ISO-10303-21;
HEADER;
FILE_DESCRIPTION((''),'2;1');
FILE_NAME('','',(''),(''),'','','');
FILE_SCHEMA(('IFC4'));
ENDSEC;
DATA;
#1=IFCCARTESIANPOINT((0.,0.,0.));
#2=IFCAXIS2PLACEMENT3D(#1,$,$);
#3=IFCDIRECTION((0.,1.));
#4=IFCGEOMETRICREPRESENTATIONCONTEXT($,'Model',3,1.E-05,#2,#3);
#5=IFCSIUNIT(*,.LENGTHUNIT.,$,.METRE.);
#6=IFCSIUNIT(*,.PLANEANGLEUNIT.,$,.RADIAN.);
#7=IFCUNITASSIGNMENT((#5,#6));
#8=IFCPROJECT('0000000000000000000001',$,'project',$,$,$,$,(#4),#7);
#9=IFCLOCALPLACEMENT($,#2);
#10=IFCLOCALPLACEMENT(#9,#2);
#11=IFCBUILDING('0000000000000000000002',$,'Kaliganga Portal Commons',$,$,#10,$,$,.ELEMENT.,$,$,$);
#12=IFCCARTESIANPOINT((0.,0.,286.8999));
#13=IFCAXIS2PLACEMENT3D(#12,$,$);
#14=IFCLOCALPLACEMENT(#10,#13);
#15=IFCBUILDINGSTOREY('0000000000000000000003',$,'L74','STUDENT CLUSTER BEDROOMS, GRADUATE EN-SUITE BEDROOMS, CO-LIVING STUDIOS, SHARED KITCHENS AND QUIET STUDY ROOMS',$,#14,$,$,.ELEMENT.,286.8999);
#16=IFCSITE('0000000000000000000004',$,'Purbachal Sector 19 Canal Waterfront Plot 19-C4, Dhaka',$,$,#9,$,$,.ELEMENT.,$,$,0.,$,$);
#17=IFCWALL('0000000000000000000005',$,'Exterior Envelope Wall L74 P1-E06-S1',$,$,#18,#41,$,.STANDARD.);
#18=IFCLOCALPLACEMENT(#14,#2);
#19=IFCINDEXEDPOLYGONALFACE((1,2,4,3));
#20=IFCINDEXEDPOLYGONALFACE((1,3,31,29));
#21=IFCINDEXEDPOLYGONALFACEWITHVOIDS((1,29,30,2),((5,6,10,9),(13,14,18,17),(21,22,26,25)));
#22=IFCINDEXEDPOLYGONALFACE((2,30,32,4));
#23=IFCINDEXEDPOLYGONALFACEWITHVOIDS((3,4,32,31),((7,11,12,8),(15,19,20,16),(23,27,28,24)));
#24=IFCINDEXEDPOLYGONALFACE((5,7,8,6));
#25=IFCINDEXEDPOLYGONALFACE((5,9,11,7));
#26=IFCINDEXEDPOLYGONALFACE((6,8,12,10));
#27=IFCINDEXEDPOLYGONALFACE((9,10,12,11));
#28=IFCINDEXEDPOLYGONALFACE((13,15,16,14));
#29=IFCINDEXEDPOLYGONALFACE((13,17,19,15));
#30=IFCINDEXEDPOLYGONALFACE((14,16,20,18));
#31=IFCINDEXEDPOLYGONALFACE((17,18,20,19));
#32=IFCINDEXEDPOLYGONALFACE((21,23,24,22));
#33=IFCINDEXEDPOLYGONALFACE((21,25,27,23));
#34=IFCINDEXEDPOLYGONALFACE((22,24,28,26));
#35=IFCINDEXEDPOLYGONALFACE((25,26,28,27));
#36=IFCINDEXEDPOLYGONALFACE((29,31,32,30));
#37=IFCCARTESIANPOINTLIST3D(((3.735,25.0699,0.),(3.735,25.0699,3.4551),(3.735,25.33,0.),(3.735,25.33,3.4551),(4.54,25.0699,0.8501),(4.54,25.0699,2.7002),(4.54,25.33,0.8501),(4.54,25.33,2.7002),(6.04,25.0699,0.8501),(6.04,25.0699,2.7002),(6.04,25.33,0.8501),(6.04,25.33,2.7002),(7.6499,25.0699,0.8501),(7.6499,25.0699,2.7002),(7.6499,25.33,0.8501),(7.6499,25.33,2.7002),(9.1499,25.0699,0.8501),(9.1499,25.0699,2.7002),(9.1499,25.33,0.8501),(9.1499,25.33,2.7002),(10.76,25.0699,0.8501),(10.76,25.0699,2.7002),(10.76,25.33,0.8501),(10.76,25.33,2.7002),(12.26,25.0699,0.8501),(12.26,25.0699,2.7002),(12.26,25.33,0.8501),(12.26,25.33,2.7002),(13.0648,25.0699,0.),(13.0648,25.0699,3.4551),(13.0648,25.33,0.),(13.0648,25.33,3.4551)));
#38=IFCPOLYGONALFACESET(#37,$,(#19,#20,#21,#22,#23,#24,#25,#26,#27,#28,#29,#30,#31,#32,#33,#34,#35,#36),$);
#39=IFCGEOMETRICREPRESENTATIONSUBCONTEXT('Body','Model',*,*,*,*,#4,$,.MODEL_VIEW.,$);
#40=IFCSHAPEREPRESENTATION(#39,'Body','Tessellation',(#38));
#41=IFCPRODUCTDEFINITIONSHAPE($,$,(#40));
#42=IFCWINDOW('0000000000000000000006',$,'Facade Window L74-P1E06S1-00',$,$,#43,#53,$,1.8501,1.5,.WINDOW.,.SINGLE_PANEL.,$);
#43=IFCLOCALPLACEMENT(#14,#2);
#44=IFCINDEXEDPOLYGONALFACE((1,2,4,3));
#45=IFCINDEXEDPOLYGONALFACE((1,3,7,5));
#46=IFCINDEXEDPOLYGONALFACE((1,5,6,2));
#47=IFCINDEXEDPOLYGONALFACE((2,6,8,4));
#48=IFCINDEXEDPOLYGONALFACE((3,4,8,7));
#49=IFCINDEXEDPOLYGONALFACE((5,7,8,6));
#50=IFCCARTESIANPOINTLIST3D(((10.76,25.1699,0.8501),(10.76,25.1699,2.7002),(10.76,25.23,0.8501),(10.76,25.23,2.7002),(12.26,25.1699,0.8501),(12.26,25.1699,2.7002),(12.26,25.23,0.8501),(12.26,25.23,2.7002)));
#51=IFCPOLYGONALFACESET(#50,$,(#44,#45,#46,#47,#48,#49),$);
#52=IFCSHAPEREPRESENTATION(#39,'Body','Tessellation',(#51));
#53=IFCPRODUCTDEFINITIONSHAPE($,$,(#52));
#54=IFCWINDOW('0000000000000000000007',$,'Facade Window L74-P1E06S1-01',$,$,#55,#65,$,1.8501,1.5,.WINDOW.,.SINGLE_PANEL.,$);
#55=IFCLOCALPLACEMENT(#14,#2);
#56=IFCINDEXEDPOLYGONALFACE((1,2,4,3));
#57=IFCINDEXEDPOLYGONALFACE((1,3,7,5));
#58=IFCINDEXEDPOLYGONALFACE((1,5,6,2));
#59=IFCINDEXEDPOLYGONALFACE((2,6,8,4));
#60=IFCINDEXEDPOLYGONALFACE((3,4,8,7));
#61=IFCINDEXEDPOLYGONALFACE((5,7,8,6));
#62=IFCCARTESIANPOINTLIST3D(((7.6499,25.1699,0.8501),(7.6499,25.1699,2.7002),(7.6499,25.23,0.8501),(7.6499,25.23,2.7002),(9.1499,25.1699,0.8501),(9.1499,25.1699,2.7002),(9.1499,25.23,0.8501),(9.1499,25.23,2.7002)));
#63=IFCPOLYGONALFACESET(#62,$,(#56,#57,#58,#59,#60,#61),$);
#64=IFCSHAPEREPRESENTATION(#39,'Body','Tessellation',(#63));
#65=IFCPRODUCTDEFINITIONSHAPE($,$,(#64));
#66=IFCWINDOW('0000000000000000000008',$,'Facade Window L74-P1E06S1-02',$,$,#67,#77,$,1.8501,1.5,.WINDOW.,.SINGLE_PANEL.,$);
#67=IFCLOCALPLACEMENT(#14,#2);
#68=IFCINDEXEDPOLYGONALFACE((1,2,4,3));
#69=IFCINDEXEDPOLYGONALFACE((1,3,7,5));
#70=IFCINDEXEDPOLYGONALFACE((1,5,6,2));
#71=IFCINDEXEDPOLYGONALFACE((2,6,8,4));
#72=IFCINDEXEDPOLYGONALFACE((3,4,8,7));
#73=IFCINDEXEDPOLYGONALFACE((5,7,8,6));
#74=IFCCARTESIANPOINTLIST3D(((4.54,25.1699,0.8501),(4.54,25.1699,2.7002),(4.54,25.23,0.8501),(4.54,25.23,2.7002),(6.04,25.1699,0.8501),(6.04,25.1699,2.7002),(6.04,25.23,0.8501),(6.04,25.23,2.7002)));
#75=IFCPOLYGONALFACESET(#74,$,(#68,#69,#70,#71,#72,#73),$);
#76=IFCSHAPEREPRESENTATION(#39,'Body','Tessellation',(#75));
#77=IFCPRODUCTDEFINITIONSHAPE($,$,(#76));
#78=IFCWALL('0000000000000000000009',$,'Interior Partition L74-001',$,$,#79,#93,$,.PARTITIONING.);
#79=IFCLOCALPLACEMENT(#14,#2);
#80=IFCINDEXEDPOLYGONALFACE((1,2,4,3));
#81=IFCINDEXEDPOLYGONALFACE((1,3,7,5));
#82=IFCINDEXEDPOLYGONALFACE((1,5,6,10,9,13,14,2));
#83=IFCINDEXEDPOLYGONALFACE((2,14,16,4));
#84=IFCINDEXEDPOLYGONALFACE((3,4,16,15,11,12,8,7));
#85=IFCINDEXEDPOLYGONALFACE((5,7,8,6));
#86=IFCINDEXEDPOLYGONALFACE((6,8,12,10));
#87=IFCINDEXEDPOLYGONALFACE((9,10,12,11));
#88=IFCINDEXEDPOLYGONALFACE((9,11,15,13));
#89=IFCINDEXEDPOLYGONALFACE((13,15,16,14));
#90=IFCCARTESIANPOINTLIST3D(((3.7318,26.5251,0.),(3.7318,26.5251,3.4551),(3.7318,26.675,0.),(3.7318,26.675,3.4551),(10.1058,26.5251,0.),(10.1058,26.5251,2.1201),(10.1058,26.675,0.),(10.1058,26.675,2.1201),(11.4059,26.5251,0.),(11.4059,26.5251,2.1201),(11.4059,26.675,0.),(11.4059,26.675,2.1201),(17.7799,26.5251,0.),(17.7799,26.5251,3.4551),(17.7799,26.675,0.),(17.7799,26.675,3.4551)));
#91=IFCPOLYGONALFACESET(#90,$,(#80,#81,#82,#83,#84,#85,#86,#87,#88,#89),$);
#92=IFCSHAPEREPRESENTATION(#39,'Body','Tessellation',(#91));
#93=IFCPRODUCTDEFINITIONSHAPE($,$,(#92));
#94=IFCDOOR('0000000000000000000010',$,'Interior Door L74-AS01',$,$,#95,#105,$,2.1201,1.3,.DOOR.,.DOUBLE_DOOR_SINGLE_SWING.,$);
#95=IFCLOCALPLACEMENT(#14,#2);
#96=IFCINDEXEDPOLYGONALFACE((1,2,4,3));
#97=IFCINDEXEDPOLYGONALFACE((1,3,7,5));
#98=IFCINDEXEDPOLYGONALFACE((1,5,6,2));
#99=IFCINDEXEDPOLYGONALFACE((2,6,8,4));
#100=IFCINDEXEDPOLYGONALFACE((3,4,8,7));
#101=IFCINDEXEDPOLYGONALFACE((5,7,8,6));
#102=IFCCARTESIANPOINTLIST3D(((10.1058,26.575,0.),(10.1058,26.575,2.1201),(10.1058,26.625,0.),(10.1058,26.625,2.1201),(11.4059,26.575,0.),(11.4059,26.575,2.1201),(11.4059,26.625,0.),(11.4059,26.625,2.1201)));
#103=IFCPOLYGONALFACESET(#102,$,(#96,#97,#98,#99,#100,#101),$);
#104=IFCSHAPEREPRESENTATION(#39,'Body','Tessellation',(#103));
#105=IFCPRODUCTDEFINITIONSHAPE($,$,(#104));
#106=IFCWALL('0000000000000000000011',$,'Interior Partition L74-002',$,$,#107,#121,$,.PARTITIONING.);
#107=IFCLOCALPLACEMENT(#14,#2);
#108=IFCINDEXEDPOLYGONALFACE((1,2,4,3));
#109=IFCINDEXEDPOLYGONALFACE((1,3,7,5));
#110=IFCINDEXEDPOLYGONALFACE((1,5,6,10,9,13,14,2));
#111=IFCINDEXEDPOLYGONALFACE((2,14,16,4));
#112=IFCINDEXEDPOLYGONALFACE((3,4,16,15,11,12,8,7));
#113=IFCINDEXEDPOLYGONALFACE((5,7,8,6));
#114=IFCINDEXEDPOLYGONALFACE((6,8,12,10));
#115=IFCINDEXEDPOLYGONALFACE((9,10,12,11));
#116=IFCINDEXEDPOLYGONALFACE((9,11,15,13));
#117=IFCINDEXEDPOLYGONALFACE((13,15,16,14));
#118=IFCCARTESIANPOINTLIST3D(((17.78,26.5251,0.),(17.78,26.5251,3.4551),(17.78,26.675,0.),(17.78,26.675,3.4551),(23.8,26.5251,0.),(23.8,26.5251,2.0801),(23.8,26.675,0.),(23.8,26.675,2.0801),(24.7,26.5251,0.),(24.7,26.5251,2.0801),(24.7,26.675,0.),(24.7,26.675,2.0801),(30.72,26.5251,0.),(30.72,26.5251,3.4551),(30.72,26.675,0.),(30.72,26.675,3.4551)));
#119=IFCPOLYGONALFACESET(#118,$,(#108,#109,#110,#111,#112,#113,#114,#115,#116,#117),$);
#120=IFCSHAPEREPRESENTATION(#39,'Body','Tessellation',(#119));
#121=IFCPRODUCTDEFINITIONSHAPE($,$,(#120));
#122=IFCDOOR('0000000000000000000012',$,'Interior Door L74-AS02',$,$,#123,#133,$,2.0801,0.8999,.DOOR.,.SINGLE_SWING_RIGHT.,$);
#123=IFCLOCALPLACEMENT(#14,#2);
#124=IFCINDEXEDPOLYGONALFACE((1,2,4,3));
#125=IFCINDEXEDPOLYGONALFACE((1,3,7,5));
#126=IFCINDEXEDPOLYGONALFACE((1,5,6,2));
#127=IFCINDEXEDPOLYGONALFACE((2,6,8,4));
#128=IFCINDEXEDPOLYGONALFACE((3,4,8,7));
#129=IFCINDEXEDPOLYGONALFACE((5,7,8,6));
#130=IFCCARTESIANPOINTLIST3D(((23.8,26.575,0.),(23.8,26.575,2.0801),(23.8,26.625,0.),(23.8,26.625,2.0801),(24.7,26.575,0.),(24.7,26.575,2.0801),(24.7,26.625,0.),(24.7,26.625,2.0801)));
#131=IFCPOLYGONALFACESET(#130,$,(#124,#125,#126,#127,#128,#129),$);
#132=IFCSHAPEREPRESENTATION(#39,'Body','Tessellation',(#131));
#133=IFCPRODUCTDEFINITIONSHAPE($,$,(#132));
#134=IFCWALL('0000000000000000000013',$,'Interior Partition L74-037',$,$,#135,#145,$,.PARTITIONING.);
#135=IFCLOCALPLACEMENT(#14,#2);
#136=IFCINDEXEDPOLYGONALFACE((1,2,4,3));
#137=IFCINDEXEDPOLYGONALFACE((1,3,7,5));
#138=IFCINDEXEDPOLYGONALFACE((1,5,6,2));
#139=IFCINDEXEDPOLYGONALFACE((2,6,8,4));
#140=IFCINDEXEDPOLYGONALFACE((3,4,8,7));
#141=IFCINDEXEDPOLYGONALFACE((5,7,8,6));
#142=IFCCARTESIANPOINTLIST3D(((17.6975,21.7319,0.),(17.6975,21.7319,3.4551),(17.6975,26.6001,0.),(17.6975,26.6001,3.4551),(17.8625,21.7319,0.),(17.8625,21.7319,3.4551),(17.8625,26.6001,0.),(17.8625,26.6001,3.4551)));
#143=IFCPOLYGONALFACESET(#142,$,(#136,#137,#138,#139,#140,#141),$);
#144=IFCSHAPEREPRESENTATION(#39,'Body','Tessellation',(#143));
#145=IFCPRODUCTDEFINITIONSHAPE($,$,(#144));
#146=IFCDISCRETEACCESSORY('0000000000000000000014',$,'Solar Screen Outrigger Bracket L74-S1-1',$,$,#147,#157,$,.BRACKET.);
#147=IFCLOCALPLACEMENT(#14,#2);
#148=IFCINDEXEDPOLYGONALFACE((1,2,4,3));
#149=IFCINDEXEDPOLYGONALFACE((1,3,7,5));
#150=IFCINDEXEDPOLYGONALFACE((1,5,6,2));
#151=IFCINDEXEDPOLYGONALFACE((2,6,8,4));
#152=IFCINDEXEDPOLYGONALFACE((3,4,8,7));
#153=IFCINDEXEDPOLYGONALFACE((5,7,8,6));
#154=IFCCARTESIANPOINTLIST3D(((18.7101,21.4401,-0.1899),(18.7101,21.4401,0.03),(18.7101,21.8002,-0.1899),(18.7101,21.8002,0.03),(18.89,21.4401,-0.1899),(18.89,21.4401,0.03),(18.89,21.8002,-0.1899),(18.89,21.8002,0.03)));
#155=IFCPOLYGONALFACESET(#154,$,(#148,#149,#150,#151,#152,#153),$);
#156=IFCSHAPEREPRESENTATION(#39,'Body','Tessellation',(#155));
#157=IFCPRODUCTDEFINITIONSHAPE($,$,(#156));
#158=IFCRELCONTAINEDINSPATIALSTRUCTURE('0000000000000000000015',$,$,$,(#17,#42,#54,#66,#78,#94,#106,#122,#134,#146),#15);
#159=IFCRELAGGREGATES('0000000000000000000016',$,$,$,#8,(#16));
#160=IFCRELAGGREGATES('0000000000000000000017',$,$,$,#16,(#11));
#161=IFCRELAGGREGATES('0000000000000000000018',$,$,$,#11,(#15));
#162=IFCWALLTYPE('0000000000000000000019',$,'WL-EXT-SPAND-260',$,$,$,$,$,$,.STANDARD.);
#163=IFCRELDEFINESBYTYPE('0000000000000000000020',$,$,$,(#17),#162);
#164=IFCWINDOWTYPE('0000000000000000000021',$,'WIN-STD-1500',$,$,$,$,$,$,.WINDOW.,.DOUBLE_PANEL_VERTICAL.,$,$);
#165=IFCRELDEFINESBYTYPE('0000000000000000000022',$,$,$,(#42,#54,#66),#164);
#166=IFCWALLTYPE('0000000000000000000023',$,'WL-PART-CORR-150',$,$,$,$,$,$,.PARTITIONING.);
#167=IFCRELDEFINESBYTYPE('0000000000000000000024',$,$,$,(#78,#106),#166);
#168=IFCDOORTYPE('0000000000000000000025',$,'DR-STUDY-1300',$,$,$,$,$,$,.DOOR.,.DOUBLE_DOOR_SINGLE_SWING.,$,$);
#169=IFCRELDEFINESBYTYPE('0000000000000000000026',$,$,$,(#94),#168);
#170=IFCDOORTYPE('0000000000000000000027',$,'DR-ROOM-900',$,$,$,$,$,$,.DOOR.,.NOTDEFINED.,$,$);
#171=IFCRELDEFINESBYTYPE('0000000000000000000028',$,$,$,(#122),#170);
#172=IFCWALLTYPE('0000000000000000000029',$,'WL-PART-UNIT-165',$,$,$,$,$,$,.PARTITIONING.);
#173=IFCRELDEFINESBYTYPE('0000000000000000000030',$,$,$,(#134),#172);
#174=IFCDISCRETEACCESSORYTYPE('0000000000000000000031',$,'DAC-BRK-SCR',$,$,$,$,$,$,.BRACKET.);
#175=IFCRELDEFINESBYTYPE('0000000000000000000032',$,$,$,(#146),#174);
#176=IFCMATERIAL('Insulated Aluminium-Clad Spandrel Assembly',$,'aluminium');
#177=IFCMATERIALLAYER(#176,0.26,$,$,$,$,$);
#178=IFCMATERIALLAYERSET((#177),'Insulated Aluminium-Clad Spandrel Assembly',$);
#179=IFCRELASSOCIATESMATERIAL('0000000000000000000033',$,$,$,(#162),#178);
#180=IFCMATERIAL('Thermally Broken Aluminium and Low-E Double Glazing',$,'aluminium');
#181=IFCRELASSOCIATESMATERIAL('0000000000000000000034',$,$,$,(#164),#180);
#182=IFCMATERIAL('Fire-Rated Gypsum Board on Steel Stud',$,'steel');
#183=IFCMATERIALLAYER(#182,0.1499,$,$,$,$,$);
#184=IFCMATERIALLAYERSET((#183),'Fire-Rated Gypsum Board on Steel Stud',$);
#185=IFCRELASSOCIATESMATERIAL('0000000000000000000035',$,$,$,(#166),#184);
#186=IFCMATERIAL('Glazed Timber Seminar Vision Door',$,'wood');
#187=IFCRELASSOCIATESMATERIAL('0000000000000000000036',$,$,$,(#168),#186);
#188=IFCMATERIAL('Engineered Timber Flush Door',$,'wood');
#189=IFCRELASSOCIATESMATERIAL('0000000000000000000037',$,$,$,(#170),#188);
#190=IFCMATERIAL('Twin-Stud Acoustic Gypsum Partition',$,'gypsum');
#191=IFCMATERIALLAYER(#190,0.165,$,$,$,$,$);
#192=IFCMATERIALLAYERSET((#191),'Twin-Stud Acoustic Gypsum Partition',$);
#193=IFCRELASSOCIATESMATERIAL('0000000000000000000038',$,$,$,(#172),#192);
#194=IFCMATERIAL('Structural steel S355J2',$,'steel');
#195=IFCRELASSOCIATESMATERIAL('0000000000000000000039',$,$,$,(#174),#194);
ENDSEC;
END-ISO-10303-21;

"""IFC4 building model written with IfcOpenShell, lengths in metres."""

from ifc_helpers import new_model, si_unit, direction, frame, frame_2d, origin, origin_2d, place, context, subcontext, project, spatial, rectangle, extrude, source, transform, mapped, material, layer, layer_set, type_object, element, fill, save


model = new_model("IFC4")

# Units and contexts
model_context = context("Model", 3, precision=1e-05, world=origin(), true_north=direction((0.0, 1.0)))
body_context = subcontext(model_context, "Body", "Model", "MODEL_VIEW")
ifc_project = project(units=[si_unit("LENGTHUNIT", "METRE"), si_unit("PLANEANGLEUNIT", "RADIAN")], contexts=[model_context])

# Site, building, storey
site_placement = place(None, origin())
site = spatial("IfcSite", under=ifc_project, at=site_placement, Name="Purbachal Sector 19 Canal Waterfront Plot 19-C4, Dhaka", CompositionType="ELEMENT", RefElevation=0.0)
building_placement = place(site_placement, origin())
building = spatial("IfcBuilding", under=site, at=building_placement, Name="Kaliganga Portal Commons", CompositionType="ELEMENT")
storey_placement = place(building_placement, frame((0.0, 0.0, 286.8999)))
storey = spatial("IfcBuildingStorey", under=building, at=storey_placement, Name="L74", Description="STUDENT CLUSTER BEDROOMS, GRADUATE EN-SUITE BEDROOMS, CO-LIVING STUDIOS, SHARED KITCHENS AND QUIET STUDY ROOMS", CompositionType="ELEMENT", Elevation=286.8999)

# Shared definitions
ifc_material_1 = material(Name="Structural steel S355J2", Category="steel")

# Shared definitions
ifc_material_2 = material(Name="Insulated Aluminium-Clad Spandrel Assembly", Category="aluminium")
ifc_layer_1 = layer(ifc_material_2, 0.26)
ifc_layer_set_1 = layer_set([ifc_layer_1], Name="Insulated Aluminium-Clad Spandrel Assembly")
wall_type_1 = type_object("IfcWallType", Name="WL-EXT-SPAND-260", PredefinedType="STANDARD", material=ifc_layer_set_1)
ifc_material_3 = material(Name="Thermally Broken Aluminium and Low-E Double Glazing", Category="aluminium")

# Wall, openings, windows
wall_1_placement = place(storey_placement, frame((13.0649, 25.2, 0.0), z_axis=(0.0, 0.0, 1.0), x_axis=(-1.0, 0.0, 0.0)))
wall_1 = element("IfcWall", 1, at=wall_1_placement, inside=storey, type_object=wall_type_1, Name="Exterior Envelope Wall L74 P1-E06-S1", PredefinedType="STANDARD", context=body_context, shape_type="SweptSolid", body=[
    extrude(rectangle(XDim=9.3298, YDim=0.26, at=frame_2d((4.665, 0.0))), origin(), (0.0, 0.0, 1.0), 3.4551),
])
opening_1_placement = place(wall_1_placement, frame((0.8049, 0.0, 0.8501)))
opening_1 = element("IfcOpeningElement", 2, at=opening_1_placement, cuts=wall_1, PredefinedType="OPENING", context=body_context, shape_type="SweptSolid", body=[
    extrude(rectangle(XDim=1.5, YDim=1.8501, at=frame_2d((0.75, 0.925))), frame((0.0, 0.1401, 0.0), z_axis=(0.0, -1.0, 0.0), x_axis=(1.0, 0.0, 0.0)), (0.0, 0.0, 1.0), 0.28),
])
opening_2_placement = place(wall_1_placement, frame((3.915, 0.0, 0.8501)))
opening_2 = element("IfcOpeningElement", 3, at=opening_2_placement, cuts=wall_1, PredefinedType="OPENING", context=body_context, shape_type="SweptSolid", body=[
    extrude(rectangle(XDim=1.5, YDim=1.8501, at=frame_2d((0.75, 0.925))), frame((0.0, 0.1401, 0.0), z_axis=(0.0, -1.0, 0.0), x_axis=(1.0, 0.0, 0.0)), (0.0, 0.0, 1.0), 0.28),
])
opening_3_placement = place(wall_1_placement, frame((7.0249, 0.0, 0.8501)))
opening_3 = element("IfcOpeningElement", 4, at=opening_3_placement, cuts=wall_1, PredefinedType="OPENING", context=body_context, shape_type="SweptSolid", body=[
    extrude(rectangle(XDim=1.5, YDim=1.8501, at=frame_2d((0.75, 0.925))), frame((0.0, 0.1401, 0.0), z_axis=(0.0, -1.0, 0.0), x_axis=(1.0, 0.0, 0.0)), (0.0, 0.0, 1.0), 0.28),
])
window_type_1 = type_object("IfcWindowType", Name="WIN-STD-1500", PartitioningType="DOUBLE_PANEL_VERTICAL", PredefinedType="WINDOW", material=ifc_material_3)
window_1_placement = place(opening_1_placement, origin())
window_1 = element("IfcWindow", 5, at=window_1_placement, inside=storey, type_object=window_type_1, Name="Facade Window L74-P1E06S1-00", OverallHeight=1.8501, OverallWidth=1.5, PartitioningType="SINGLE_PANEL", PredefinedType="WINDOW", context=body_context, shape_type="SweptSolid", body=[
    extrude(rectangle(XDim=1.5, YDim=1.8501, at=frame_2d((0.75, 0.925))), frame((0.0, 0.03, 0.0), z_axis=(0.0, -1.0, 0.0), x_axis=(1.0, 0.0, 0.0)), (0.0, 0.0, 1.0), 0.0601),
])
fill(opening_1, window_1)
window_2_placement = place(opening_2_placement, origin())
window_2 = element("IfcWindow", 6, at=window_2_placement, inside=storey, type_object=window_type_1, Name="Facade Window L74-P1E06S1-01", OverallHeight=1.8501, OverallWidth=1.5, PartitioningType="SINGLE_PANEL", PredefinedType="WINDOW", context=body_context, shape_type="SweptSolid", body=[
    extrude(rectangle(XDim=1.5, YDim=1.8501, at=frame_2d((0.75, 0.925))), frame((0.0, 0.03, 0.0), z_axis=(0.0, -1.0, 0.0), x_axis=(1.0, 0.0, 0.0)), (0.0, 0.0, 1.0), 0.0601),
])
fill(opening_2, window_2)
window_3_placement = place(opening_3_placement, origin())
window_3 = element("IfcWindow", 7, at=window_3_placement, inside=storey, type_object=window_type_1, Name="Facade Window L74-P1E06S1-02", OverallHeight=1.8501, OverallWidth=1.5, PartitioningType="SINGLE_PANEL", PredefinedType="WINDOW", context=body_context, shape_type="SweptSolid", body=[
    extrude(rectangle(XDim=1.5, YDim=1.8501, at=frame_2d((0.75, 0.925))), frame((0.0, 0.03, 0.0), z_axis=(0.0, -1.0, 0.0), x_axis=(1.0, 0.0, 0.0)), (0.0, 0.0, 1.0), 0.0601),
])
fill(opening_3, window_3)

# Walls, openings, doors
ifc_material_4 = material(Name="Fire-Rated Gypsum Board on Steel Stud", Category="steel")
ifc_layer_2 = layer(ifc_material_4, 0.1499)
ifc_layer_set_2 = layer_set([ifc_layer_2], Name="Fire-Rated Gypsum Board on Steel Stud")
wall_type_2 = type_object("IfcWallType", Name="WL-PART-CORR-150", PredefinedType="PARTITIONING", material=ifc_layer_set_2)
wall_2_placement = place(storey_placement, frame((3.7319, 26.6001, 0.0), z_axis=(0.0, 0.0, 1.0), x_axis=(1.0, 0.0, 0.0)))
wall_2 = element("IfcWall", 8, at=wall_2_placement, inside=storey, type_object=wall_type_2, Name="Interior Partition L74-001", PredefinedType="PARTITIONING", context=body_context, shape_type="SweptSolid", body=[
    extrude(rectangle(XDim=14.0481, YDim=0.1499, at=frame_2d((7.0239, 0.0))), origin(), (0.0, 0.0, 1.0), 3.4551),
])
opening_4_placement = place(wall_2_placement, frame((6.374, 0.0, 0.0)))
opening_4 = element("IfcOpeningElement", 9, at=opening_4_placement, cuts=wall_2, PredefinedType="OPENING", context=body_context, shape_type="SweptSolid", body=[
    extrude(rectangle(XDim=1.3, YDim=2.1201, at=frame_2d((0.6499, 1.0601))), frame((0.0, 0.085, 0.0), z_axis=(0.0, -1.0, 0.0), x_axis=(1.0, 0.0, 0.0)), (0.0, 0.0, 1.0), 0.1699),
])
ifc_material_5 = material(Name="Glazed Timber Seminar Vision Door", Category="wood")
door_type_1 = type_object("IfcDoorType", Name="DR-STUDY-1300", OperationType="DOUBLE_DOOR_SINGLE_SWING", PredefinedType="DOOR", material=ifc_material_5)
door_1_placement = place(opening_4_placement, origin())
door_1 = element("IfcDoor", 10, at=door_1_placement, inside=storey, type_object=door_type_1, Name="Interior Door L74-AS01", OperationType="DOUBLE_DOOR_SINGLE_SWING", OverallHeight=2.1201, OverallWidth=1.3, PredefinedType="DOOR", context=body_context, shape_type="SweptSolid", body=[
    extrude(rectangle(XDim=1.3, YDim=2.1201, at=frame_2d((0.6499, 1.0601))), frame((0.0, 0.0249, 0.0), z_axis=(0.0, -1.0, 0.0), x_axis=(1.0, 0.0, 0.0)), (0.0, 0.0, 1.0), 0.05),
])
fill(opening_4, door_1)
wall_3_placement = place(storey_placement, frame((17.78, 26.6001, 0.0), z_axis=(0.0, 0.0, 1.0), x_axis=(1.0, 0.0, 0.0)))
wall_3 = element("IfcWall", 11, at=wall_3_placement, inside=storey, type_object=wall_type_2, Name="Interior Partition L74-002", PredefinedType="PARTITIONING", context=body_context, shape_type="SweptSolid", body=[
    extrude(rectangle(XDim=12.9399, YDim=0.1499, at=frame_2d((6.47, 0.0))), origin(), (0.0, 0.0, 1.0), 3.4551),
])
opening_5_placement = place(wall_3_placement, frame((6.02, 0.0, 0.0)))
opening_5 = element("IfcOpeningElement", 12, at=opening_5_placement, cuts=wall_3, PredefinedType="OPENING", context=body_context, shape_type="SweptSolid", body=[
    extrude(rectangle(XDim=0.8999, YDim=2.0801, at=frame_2d((0.45, 1.04))), frame((0.0, 0.085, 0.0), z_axis=(0.0, -1.0, 0.0), x_axis=(1.0, 0.0, 0.0)), (0.0, 0.0, 1.0), 0.1699),
])
ifc_material_6 = material(Name="Engineered Timber Flush Door", Category="wood")
door_type_2 = type_object("IfcDoorType", Name="DR-ROOM-900", OperationType="NOTDEFINED", PredefinedType="DOOR", material=ifc_material_6)
door_2_placement = place(opening_5_placement, origin())
door_2 = element("IfcDoor", 13, at=door_2_placement, inside=storey, type_object=door_type_2, Name="Interior Door L74-AS02", OperationType="SINGLE_SWING_RIGHT", OverallHeight=2.0801, OverallWidth=0.8999, PredefinedType="DOOR", context=body_context, shape_type="SweptSolid", body=[
    extrude(rectangle(XDim=0.8999, YDim=2.0801, at=frame_2d((0.45, 1.04))), frame((0.0, 0.0249, 0.0), z_axis=(0.0, -1.0, 0.0), x_axis=(1.0, 0.0, 0.0)), (0.0, 0.0, 1.0), 0.05),
])
fill(opening_5, door_2)

# Wall
ifc_material_7 = material(Name="Twin-Stud Acoustic Gypsum Partition", Category="gypsum")
ifc_layer_3 = layer(ifc_material_7, 0.165)
ifc_layer_set_3 = layer_set([ifc_layer_3], Name="Twin-Stud Acoustic Gypsum Partition")
wall_type_3 = type_object("IfcWallType", Name="WL-PART-UNIT-165", PredefinedType="PARTITIONING", material=ifc_layer_set_3)
wall_4_placement = place(storey_placement, frame((17.78, 21.7319, 0.0), z_axis=(0.0, 0.0, 1.0), x_axis=(0.0, 1.0, 0.0)))
element("IfcWall", 14, at=wall_4_placement, inside=storey, type_object=wall_type_3, Name="Interior Partition L74-037", PredefinedType="PARTITIONING", context=body_context, shape_type="SweptSolid", body=[
    extrude(rectangle(XDim=4.8682, YDim=0.165, at=frame_2d((2.4341, 0.0))), origin(), (0.0, 0.0, 1.0), 3.4551),
])

# Discrete accessory
discrete_accessory_type = type_object("IfcDiscreteAccessoryType", Name="DAC-BRK-SCR", PredefinedType="BRACKET", material=ifc_material_1)
shared_shape_1 = source(origin(), body_context, "Body", "SweptSolid", [
    extrude(rectangle(XDim=0.1799, YDim=0.3601, at=origin_2d()), origin(), (0.0, 0.0, 1.0), 0.22),
])
for number, where, z_axis, x_axis, name in (
    (15, (18.8, 21.6201, -0.1899), (0.0, 0.0, 1.0), (1.0, 0.0, 0.0), "Solar Screen Outrigger Bracket L74-S1-1"),
):
    element("IfcDiscreteAccessory", number, at=place(storey_placement, frame(where, z_axis=z_axis, x_axis=x_axis)), inside=storey, type_object=discrete_accessory_type, Name=name, PredefinedType="BRACKET", context=body_context, shape_type="MappedRepresentation", body=[
        mapped(shared_shape_1, transform((0.0, 0.0, 0.0), x_axis=(1.0, 0.0, 0.0), y_axis=(0.0, 1.0, 0.0), z_axis=(0.0, 0.0, 1.0), scale=1.0)),
    ])

save(model, "model.ifc")
